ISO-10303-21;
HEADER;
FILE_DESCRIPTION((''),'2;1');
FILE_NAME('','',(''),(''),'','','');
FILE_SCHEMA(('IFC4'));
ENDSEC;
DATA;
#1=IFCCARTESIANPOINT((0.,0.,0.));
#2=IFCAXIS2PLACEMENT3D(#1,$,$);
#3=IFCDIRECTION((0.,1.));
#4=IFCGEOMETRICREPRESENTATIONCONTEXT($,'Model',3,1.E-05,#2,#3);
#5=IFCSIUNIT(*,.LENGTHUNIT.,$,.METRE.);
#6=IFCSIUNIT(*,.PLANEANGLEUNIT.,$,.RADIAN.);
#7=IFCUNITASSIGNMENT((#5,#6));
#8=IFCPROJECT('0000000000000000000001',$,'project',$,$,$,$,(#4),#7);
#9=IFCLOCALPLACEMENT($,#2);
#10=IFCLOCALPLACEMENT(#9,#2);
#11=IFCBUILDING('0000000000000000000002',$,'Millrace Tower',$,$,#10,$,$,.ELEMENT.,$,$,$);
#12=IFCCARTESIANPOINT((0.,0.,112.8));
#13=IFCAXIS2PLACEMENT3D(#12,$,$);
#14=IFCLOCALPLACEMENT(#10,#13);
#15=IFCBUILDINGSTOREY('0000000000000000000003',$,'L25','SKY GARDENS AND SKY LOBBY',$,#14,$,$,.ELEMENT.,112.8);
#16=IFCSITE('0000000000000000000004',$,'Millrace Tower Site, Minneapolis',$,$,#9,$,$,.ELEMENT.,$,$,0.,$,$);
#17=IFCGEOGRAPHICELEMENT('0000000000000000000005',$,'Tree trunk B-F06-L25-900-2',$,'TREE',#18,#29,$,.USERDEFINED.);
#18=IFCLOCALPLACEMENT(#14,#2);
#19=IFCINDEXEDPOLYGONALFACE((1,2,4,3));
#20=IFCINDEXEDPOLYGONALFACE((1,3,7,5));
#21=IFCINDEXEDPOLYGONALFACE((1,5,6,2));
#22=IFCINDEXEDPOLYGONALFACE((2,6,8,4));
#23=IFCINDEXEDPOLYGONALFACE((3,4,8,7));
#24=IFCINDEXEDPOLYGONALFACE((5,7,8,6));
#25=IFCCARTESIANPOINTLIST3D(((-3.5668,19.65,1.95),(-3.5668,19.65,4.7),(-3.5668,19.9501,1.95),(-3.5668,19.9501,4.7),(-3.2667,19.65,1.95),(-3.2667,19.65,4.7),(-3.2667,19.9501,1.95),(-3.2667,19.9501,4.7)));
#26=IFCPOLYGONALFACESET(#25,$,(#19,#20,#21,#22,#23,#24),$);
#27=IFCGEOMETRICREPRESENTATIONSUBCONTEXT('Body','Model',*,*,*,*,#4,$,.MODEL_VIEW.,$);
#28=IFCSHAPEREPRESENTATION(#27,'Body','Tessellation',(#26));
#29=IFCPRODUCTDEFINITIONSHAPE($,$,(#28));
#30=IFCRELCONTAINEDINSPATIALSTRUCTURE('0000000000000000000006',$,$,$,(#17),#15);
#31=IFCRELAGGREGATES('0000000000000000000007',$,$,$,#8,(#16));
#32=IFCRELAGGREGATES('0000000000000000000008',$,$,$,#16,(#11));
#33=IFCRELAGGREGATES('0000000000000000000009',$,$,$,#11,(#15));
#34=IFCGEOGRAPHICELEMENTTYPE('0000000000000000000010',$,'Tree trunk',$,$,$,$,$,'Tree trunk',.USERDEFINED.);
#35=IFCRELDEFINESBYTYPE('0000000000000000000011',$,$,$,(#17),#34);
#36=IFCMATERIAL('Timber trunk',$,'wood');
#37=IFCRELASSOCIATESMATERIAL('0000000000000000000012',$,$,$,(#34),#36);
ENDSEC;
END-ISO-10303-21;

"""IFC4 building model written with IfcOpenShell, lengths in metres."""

from ifc_helpers import new_model, si_unit, direction, frame, origin, origin_2d, place, context, subcontext, project, spatial, rectangle, extrude, material, type_object, element, save


model = new_model("IFC4")

# Units and contexts
model_context = context("Model", 3, precision=1e-05, world=origin(), true_north=direction((0.0, 1.0)))
body_context = subcontext(model_context, "Body", "Model", "MODEL_VIEW")
ifc_project = project(units=[si_unit("LENGTHUNIT", "METRE"), si_unit("PLANEANGLEUNIT", "RADIAN")], contexts=[model_context])

# Site, building, storey
site_placement = place(None, origin())
site = spatial("IfcSite", under=ifc_project, at=site_placement, Name="Millrace Tower Site, Minneapolis", CompositionType="ELEMENT", RefElevation=0.0)
building_placement = place(site_placement, origin())
building = spatial("IfcBuilding", under=site, at=building_placement, Name="Millrace Tower", CompositionType="ELEMENT")
storey_placement = place(building_placement, frame((0.0, 0.0, 112.8)))
storey = spatial("IfcBuildingStorey", under=building, at=storey_placement, Name="L25", Description="SKY GARDENS AND SKY LOBBY", CompositionType="ELEMENT", Elevation=112.8)

# Geographic element
ifc_material_1 = material(Name="Timber trunk", Category="wood")
geographic_element_type = type_object("IfcGeographicElementType", Name="Tree trunk", ElementType="Tree trunk", PredefinedType="USERDEFINED", material=ifc_material_1)
geographic_element_placement = place(storey_placement, frame((-3.4167, 19.8, 1.95), z_axis=(0.0, 0.0, 1.0), x_axis=(1.0, 0.0, 0.0)))
element("IfcGeographicElement", 1, at=geographic_element_placement, inside=storey, type_object=geographic_element_type, Name="Tree trunk B-F06-L25-900-2", ObjectType="TREE", PredefinedType="USERDEFINED", context=body_context, shape_type="SweptSolid", body=[
    extrude(rectangle(XDim=0.3, YDim=0.3, at=origin_2d()), origin(), (0.0, 0.0, 1.0), 2.75),
])

save(model, "model.ifc")
